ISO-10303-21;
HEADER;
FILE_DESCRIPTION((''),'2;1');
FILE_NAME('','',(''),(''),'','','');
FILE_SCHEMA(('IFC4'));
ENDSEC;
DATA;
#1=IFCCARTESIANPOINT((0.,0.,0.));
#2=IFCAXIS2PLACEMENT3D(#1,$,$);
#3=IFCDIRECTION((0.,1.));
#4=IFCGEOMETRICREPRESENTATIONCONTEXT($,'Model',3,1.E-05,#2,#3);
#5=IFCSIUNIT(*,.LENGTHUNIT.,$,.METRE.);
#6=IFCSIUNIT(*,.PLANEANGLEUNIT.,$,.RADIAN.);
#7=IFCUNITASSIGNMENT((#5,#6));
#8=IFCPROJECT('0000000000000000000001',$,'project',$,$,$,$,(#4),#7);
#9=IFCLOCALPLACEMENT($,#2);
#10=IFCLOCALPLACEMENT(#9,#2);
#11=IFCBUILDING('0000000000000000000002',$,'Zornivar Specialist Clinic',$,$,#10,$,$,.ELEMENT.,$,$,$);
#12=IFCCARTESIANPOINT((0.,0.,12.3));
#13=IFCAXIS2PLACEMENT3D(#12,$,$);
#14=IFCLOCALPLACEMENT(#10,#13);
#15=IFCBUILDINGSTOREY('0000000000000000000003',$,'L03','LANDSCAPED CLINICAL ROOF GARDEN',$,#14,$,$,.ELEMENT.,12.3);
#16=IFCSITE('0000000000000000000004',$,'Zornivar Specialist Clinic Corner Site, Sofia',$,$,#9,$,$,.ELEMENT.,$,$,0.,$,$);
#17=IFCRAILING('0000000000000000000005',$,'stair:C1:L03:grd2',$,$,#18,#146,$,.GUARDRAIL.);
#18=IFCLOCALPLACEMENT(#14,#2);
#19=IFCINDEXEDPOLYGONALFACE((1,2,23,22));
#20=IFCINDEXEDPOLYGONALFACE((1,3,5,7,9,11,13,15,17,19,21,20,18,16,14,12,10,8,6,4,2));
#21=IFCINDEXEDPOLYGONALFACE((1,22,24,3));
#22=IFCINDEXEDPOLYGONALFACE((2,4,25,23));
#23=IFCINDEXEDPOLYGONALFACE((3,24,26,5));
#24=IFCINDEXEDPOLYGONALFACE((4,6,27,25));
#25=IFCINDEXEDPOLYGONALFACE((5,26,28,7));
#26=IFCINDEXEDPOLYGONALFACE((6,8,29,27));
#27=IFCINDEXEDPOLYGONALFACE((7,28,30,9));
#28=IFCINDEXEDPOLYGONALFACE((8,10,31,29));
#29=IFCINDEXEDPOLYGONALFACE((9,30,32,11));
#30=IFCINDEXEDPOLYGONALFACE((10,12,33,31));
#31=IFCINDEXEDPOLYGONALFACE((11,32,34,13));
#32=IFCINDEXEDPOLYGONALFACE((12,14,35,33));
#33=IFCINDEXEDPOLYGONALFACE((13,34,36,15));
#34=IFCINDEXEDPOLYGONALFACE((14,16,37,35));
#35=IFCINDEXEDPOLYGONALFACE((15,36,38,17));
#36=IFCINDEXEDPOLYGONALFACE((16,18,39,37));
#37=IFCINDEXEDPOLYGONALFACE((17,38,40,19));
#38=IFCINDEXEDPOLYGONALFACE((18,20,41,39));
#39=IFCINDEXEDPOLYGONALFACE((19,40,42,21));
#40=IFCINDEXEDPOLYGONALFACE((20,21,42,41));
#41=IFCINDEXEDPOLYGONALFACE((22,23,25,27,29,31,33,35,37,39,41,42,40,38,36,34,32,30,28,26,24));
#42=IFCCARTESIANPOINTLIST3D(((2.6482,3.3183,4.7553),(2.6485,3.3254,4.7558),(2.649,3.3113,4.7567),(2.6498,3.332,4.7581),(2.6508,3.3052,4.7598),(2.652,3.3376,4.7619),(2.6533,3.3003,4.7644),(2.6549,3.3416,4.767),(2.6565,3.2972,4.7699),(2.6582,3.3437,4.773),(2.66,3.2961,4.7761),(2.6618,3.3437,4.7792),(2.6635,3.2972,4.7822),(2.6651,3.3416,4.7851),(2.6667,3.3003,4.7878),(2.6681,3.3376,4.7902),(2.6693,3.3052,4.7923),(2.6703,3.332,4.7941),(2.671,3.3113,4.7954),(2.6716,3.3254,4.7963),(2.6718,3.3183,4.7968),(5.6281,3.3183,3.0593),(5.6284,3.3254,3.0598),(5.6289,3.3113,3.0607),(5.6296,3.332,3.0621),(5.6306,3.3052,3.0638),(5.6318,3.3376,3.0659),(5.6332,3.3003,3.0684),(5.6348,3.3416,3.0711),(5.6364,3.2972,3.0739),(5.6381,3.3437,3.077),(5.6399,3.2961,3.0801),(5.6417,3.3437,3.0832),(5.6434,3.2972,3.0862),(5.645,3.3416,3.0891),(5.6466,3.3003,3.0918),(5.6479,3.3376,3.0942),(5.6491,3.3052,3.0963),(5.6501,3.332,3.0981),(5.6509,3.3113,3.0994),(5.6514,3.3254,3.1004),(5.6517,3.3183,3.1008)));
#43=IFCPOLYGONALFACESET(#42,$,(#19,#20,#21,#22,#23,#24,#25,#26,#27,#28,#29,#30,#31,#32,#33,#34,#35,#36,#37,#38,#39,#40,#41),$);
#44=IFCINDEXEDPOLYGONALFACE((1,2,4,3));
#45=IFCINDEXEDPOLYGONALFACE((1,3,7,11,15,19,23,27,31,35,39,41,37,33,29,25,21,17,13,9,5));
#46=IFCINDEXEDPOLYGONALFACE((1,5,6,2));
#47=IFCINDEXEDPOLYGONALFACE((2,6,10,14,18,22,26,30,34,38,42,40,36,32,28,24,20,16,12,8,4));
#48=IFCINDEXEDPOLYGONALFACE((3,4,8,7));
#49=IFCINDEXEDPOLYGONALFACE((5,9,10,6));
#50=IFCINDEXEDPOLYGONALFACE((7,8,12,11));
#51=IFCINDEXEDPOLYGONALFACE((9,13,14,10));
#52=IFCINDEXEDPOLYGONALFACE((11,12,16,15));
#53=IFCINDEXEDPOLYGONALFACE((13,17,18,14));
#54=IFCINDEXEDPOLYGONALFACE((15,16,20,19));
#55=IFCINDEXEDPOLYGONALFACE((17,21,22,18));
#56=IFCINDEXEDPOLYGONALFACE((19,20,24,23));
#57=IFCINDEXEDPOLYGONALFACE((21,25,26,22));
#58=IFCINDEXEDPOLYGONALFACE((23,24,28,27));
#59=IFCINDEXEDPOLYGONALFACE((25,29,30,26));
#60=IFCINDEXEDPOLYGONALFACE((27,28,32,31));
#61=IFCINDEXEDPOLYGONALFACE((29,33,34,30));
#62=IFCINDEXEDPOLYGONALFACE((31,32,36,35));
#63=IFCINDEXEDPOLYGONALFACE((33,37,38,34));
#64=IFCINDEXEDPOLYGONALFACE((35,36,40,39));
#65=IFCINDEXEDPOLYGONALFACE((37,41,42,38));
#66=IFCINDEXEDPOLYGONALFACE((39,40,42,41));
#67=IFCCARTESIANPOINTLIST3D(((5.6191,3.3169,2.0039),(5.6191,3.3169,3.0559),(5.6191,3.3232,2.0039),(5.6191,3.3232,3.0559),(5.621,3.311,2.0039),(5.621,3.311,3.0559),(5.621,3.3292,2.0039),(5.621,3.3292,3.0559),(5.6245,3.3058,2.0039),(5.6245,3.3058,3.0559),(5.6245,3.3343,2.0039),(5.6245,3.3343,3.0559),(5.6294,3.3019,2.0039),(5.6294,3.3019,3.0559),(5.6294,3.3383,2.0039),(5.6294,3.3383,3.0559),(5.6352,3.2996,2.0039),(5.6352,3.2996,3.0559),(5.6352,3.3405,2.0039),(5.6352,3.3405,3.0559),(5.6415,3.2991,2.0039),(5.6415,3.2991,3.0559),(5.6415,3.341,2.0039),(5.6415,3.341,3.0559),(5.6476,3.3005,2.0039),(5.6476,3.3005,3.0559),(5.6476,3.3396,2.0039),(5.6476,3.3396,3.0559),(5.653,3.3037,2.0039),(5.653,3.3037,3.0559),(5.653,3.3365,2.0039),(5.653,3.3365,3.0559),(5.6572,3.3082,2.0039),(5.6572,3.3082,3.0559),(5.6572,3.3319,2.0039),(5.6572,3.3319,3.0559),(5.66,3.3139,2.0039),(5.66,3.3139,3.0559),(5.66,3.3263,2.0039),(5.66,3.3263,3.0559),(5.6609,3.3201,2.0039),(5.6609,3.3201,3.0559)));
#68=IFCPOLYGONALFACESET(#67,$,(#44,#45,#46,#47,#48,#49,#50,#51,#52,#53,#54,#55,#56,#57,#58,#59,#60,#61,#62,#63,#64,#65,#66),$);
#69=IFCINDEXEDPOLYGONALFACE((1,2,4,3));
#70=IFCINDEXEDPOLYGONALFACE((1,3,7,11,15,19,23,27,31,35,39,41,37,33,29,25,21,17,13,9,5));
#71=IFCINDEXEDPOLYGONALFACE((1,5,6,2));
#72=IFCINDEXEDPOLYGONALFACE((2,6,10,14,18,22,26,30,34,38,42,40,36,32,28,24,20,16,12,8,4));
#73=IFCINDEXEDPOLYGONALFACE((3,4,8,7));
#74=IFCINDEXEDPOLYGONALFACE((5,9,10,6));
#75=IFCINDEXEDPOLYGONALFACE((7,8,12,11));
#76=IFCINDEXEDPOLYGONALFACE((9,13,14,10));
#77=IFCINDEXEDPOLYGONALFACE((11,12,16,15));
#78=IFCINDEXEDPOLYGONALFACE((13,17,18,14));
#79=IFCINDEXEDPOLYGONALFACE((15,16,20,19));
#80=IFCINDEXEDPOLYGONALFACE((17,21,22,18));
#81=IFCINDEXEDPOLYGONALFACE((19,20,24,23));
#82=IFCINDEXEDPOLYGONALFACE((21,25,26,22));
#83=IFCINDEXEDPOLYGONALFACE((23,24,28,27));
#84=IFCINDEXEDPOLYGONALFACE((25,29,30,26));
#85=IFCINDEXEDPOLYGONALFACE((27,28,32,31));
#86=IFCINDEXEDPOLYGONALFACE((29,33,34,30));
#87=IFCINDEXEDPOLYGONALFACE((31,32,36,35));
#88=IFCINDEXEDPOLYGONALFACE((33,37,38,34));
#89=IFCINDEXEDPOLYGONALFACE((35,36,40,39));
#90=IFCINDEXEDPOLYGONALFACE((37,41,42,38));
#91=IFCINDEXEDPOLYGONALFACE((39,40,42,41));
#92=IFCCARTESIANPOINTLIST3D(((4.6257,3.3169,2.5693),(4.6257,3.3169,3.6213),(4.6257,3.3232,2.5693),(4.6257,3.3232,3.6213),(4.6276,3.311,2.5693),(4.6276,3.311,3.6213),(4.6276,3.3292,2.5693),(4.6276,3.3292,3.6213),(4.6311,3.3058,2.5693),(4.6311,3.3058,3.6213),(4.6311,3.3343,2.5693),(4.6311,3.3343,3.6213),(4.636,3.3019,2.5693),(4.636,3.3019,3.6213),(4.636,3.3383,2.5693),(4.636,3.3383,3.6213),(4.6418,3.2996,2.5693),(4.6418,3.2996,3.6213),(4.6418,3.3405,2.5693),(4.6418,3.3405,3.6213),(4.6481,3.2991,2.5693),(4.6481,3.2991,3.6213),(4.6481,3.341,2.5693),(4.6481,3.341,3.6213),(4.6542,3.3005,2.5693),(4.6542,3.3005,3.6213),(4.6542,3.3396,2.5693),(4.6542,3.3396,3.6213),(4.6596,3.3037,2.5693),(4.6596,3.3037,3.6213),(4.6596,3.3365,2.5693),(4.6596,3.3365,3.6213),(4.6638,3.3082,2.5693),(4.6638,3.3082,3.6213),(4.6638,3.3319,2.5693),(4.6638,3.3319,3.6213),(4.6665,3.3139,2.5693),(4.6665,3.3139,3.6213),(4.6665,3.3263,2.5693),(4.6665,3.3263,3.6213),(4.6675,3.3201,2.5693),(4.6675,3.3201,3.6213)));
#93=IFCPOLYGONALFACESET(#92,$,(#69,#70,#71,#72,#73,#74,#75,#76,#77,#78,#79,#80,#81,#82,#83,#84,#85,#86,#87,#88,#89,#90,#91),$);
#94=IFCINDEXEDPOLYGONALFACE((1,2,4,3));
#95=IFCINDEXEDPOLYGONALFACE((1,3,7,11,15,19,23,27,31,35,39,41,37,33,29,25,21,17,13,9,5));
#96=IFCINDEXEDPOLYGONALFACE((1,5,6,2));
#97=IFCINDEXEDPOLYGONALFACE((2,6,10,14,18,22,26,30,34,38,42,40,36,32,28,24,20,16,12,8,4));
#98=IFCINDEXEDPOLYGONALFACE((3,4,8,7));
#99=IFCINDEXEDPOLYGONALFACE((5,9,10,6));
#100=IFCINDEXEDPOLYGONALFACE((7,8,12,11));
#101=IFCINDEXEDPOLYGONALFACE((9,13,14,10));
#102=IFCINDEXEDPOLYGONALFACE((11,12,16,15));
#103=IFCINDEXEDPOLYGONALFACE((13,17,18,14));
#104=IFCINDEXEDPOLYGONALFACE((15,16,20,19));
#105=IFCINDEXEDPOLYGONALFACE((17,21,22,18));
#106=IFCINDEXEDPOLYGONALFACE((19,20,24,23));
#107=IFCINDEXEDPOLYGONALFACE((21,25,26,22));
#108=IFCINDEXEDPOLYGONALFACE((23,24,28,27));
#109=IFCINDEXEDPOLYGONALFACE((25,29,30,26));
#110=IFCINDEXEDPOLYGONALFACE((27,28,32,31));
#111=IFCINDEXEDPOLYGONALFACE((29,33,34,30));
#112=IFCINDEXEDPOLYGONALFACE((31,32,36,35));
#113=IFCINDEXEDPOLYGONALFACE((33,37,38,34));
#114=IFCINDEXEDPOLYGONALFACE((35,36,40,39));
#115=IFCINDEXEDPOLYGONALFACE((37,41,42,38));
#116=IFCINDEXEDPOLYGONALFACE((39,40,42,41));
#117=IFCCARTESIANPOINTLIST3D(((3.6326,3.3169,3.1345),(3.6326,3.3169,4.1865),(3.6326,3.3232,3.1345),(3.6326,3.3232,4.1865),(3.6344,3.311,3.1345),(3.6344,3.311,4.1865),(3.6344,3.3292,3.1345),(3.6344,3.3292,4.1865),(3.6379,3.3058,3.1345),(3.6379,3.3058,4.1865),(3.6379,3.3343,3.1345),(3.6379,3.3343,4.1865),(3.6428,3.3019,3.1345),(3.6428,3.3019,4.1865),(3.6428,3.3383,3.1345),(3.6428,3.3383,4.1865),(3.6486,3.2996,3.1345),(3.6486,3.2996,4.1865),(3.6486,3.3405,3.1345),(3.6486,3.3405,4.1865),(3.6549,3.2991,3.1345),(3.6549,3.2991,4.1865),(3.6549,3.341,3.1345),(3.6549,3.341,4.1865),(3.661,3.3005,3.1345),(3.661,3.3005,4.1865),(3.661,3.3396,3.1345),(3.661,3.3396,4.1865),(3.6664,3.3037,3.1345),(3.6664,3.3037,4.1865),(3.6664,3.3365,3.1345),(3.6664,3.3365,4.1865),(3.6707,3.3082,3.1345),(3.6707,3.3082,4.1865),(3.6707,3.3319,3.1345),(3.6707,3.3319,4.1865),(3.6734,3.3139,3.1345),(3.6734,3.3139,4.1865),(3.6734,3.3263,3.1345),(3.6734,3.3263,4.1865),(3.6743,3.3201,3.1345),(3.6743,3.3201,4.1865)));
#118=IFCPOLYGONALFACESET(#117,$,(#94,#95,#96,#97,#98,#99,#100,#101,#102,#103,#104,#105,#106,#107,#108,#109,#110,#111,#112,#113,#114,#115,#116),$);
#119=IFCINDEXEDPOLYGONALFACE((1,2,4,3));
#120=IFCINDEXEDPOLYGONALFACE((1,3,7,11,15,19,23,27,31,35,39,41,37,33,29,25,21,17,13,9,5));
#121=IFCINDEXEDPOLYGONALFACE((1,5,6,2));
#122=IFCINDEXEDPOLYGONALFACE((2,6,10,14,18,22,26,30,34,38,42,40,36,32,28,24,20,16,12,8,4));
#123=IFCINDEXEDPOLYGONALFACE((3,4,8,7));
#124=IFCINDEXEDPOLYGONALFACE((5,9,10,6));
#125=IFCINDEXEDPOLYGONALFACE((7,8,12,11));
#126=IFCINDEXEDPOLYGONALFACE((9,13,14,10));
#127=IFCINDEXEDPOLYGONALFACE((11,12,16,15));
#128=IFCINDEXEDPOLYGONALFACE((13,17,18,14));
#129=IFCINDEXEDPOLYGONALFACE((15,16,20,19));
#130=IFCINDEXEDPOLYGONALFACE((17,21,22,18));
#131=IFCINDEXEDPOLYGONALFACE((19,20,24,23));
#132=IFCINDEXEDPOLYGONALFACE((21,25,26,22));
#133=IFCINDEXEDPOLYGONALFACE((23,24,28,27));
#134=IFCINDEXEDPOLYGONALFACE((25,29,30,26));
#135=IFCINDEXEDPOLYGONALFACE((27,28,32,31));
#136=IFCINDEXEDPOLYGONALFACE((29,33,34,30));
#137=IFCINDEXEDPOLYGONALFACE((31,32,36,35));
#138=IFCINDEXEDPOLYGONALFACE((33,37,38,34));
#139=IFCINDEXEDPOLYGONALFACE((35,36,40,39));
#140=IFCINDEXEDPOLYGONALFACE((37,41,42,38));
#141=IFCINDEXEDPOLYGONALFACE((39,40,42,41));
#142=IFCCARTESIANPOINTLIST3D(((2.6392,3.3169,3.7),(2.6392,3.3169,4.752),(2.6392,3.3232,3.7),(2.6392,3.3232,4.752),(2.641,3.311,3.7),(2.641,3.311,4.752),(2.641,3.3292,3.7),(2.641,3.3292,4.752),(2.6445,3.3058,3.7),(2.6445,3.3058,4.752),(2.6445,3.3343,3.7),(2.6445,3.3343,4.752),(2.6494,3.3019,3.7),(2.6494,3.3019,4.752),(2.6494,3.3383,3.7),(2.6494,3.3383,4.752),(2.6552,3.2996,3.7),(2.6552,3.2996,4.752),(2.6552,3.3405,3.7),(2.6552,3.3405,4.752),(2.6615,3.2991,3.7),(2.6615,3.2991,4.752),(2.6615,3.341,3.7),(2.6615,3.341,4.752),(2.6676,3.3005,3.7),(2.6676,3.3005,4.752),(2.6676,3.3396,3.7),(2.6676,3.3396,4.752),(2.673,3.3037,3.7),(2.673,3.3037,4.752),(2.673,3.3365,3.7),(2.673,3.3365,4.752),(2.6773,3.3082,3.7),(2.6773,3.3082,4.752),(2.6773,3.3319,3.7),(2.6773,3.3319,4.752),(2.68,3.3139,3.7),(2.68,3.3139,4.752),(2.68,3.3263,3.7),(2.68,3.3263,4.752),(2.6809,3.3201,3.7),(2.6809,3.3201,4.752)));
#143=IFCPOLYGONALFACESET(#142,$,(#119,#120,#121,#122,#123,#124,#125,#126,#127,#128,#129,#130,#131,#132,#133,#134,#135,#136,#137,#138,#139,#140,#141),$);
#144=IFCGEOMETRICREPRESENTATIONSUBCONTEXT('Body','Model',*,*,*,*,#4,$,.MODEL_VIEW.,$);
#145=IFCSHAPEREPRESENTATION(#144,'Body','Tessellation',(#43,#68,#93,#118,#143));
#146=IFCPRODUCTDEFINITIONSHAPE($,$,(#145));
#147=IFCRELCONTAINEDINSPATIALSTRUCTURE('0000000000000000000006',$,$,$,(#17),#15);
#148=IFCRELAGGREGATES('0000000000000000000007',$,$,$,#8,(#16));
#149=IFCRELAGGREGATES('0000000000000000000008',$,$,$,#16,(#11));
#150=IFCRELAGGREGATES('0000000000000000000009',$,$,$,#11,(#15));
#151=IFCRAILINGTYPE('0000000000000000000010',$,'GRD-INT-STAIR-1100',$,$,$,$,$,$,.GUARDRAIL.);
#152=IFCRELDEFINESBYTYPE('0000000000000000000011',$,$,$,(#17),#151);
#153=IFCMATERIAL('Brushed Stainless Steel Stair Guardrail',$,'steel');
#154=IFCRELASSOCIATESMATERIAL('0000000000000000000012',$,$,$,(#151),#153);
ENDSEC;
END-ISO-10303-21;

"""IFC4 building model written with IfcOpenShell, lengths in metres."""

from ifc_helpers import new_model, si_unit, direction, frame, origin, origin_2d, place, context, subcontext, project, spatial, circle, extrude, material, type_object, element, save


model = new_model("IFC4")

# Units and contexts
model_context = context("Model", 3, precision=1e-05, world=origin(), true_north=direction((0.0, 1.0)))
body_context = subcontext(model_context, "Body", "Model", "MODEL_VIEW")
ifc_project = project(units=[si_unit("LENGTHUNIT", "METRE"), si_unit("PLANEANGLEUNIT", "RADIAN")], contexts=[model_context])

# Site, building, storey
site_placement = place(None, origin())
site = spatial("IfcSite", under=ifc_project, at=site_placement, Name="Zornivar Specialist Clinic Corner Site, Sofia", CompositionType="ELEMENT", RefElevation=0.0)
building_placement = place(site_placement, origin())
building = spatial("IfcBuilding", under=site, at=building_placement, Name="Zornivar Specialist Clinic", CompositionType="ELEMENT")
storey_placement = place(building_placement, frame((0.0, 0.0, 12.3)))
storey = spatial("IfcBuildingStorey", under=building, at=storey_placement, Name="L03", Description="LANDSCAPED CLINICAL ROOF GARDEN", CompositionType="ELEMENT", Elevation=12.3)

# Railing
ifc_material_1 = material(Name="Brushed Stainless Steel Stair Guardrail", Category="steel")
railing_type_1 = type_object("IfcRailingType", Name="GRD-INT-STAIR-1100", PredefinedType="GUARDRAIL", material=ifc_material_1)
railing_1_placement = place(storey_placement, frame((5.6399, 3.3201, 2.0039)))
element("IfcRailing", 1, at=railing_1_placement, inside=storey, type_object=railing_type_1, Name="stair:C1:L03:grd2", PredefinedType="GUARDRAIL", context=body_context, shape_type="SweptSolid", body=[
    extrude(circle(Radius=0.0239, at=origin_2d()), frame((0.0, 0.0, 1.0762), z_axis=(-0.869096, 0.0, 0.494643), x_axis=(0.0, -1.0, 0.0)), (0.0, 0.0, 1.0), 3.4287),
    extrude(circle(Radius=0.021, at=origin_2d()), origin(), (0.0, 0.0, 1.0), 1.052),
    extrude(circle(Radius=0.021, at=origin_2d()), frame((-0.9934, 0.0, 0.5654)), (0.0, 0.0, 1.0), 1.052),
    extrude(circle(Radius=0.021, at=origin_2d()), frame((-1.9866, 0.0, 1.1306)), (0.0, 0.0, 1.0), 1.052),
    extrude(circle(Radius=0.021, at=origin_2d()), frame((-2.98, 0.0, 1.696)), (0.0, 0.0, 1.0), 1.052),
])

save(model, "model.ifc")
